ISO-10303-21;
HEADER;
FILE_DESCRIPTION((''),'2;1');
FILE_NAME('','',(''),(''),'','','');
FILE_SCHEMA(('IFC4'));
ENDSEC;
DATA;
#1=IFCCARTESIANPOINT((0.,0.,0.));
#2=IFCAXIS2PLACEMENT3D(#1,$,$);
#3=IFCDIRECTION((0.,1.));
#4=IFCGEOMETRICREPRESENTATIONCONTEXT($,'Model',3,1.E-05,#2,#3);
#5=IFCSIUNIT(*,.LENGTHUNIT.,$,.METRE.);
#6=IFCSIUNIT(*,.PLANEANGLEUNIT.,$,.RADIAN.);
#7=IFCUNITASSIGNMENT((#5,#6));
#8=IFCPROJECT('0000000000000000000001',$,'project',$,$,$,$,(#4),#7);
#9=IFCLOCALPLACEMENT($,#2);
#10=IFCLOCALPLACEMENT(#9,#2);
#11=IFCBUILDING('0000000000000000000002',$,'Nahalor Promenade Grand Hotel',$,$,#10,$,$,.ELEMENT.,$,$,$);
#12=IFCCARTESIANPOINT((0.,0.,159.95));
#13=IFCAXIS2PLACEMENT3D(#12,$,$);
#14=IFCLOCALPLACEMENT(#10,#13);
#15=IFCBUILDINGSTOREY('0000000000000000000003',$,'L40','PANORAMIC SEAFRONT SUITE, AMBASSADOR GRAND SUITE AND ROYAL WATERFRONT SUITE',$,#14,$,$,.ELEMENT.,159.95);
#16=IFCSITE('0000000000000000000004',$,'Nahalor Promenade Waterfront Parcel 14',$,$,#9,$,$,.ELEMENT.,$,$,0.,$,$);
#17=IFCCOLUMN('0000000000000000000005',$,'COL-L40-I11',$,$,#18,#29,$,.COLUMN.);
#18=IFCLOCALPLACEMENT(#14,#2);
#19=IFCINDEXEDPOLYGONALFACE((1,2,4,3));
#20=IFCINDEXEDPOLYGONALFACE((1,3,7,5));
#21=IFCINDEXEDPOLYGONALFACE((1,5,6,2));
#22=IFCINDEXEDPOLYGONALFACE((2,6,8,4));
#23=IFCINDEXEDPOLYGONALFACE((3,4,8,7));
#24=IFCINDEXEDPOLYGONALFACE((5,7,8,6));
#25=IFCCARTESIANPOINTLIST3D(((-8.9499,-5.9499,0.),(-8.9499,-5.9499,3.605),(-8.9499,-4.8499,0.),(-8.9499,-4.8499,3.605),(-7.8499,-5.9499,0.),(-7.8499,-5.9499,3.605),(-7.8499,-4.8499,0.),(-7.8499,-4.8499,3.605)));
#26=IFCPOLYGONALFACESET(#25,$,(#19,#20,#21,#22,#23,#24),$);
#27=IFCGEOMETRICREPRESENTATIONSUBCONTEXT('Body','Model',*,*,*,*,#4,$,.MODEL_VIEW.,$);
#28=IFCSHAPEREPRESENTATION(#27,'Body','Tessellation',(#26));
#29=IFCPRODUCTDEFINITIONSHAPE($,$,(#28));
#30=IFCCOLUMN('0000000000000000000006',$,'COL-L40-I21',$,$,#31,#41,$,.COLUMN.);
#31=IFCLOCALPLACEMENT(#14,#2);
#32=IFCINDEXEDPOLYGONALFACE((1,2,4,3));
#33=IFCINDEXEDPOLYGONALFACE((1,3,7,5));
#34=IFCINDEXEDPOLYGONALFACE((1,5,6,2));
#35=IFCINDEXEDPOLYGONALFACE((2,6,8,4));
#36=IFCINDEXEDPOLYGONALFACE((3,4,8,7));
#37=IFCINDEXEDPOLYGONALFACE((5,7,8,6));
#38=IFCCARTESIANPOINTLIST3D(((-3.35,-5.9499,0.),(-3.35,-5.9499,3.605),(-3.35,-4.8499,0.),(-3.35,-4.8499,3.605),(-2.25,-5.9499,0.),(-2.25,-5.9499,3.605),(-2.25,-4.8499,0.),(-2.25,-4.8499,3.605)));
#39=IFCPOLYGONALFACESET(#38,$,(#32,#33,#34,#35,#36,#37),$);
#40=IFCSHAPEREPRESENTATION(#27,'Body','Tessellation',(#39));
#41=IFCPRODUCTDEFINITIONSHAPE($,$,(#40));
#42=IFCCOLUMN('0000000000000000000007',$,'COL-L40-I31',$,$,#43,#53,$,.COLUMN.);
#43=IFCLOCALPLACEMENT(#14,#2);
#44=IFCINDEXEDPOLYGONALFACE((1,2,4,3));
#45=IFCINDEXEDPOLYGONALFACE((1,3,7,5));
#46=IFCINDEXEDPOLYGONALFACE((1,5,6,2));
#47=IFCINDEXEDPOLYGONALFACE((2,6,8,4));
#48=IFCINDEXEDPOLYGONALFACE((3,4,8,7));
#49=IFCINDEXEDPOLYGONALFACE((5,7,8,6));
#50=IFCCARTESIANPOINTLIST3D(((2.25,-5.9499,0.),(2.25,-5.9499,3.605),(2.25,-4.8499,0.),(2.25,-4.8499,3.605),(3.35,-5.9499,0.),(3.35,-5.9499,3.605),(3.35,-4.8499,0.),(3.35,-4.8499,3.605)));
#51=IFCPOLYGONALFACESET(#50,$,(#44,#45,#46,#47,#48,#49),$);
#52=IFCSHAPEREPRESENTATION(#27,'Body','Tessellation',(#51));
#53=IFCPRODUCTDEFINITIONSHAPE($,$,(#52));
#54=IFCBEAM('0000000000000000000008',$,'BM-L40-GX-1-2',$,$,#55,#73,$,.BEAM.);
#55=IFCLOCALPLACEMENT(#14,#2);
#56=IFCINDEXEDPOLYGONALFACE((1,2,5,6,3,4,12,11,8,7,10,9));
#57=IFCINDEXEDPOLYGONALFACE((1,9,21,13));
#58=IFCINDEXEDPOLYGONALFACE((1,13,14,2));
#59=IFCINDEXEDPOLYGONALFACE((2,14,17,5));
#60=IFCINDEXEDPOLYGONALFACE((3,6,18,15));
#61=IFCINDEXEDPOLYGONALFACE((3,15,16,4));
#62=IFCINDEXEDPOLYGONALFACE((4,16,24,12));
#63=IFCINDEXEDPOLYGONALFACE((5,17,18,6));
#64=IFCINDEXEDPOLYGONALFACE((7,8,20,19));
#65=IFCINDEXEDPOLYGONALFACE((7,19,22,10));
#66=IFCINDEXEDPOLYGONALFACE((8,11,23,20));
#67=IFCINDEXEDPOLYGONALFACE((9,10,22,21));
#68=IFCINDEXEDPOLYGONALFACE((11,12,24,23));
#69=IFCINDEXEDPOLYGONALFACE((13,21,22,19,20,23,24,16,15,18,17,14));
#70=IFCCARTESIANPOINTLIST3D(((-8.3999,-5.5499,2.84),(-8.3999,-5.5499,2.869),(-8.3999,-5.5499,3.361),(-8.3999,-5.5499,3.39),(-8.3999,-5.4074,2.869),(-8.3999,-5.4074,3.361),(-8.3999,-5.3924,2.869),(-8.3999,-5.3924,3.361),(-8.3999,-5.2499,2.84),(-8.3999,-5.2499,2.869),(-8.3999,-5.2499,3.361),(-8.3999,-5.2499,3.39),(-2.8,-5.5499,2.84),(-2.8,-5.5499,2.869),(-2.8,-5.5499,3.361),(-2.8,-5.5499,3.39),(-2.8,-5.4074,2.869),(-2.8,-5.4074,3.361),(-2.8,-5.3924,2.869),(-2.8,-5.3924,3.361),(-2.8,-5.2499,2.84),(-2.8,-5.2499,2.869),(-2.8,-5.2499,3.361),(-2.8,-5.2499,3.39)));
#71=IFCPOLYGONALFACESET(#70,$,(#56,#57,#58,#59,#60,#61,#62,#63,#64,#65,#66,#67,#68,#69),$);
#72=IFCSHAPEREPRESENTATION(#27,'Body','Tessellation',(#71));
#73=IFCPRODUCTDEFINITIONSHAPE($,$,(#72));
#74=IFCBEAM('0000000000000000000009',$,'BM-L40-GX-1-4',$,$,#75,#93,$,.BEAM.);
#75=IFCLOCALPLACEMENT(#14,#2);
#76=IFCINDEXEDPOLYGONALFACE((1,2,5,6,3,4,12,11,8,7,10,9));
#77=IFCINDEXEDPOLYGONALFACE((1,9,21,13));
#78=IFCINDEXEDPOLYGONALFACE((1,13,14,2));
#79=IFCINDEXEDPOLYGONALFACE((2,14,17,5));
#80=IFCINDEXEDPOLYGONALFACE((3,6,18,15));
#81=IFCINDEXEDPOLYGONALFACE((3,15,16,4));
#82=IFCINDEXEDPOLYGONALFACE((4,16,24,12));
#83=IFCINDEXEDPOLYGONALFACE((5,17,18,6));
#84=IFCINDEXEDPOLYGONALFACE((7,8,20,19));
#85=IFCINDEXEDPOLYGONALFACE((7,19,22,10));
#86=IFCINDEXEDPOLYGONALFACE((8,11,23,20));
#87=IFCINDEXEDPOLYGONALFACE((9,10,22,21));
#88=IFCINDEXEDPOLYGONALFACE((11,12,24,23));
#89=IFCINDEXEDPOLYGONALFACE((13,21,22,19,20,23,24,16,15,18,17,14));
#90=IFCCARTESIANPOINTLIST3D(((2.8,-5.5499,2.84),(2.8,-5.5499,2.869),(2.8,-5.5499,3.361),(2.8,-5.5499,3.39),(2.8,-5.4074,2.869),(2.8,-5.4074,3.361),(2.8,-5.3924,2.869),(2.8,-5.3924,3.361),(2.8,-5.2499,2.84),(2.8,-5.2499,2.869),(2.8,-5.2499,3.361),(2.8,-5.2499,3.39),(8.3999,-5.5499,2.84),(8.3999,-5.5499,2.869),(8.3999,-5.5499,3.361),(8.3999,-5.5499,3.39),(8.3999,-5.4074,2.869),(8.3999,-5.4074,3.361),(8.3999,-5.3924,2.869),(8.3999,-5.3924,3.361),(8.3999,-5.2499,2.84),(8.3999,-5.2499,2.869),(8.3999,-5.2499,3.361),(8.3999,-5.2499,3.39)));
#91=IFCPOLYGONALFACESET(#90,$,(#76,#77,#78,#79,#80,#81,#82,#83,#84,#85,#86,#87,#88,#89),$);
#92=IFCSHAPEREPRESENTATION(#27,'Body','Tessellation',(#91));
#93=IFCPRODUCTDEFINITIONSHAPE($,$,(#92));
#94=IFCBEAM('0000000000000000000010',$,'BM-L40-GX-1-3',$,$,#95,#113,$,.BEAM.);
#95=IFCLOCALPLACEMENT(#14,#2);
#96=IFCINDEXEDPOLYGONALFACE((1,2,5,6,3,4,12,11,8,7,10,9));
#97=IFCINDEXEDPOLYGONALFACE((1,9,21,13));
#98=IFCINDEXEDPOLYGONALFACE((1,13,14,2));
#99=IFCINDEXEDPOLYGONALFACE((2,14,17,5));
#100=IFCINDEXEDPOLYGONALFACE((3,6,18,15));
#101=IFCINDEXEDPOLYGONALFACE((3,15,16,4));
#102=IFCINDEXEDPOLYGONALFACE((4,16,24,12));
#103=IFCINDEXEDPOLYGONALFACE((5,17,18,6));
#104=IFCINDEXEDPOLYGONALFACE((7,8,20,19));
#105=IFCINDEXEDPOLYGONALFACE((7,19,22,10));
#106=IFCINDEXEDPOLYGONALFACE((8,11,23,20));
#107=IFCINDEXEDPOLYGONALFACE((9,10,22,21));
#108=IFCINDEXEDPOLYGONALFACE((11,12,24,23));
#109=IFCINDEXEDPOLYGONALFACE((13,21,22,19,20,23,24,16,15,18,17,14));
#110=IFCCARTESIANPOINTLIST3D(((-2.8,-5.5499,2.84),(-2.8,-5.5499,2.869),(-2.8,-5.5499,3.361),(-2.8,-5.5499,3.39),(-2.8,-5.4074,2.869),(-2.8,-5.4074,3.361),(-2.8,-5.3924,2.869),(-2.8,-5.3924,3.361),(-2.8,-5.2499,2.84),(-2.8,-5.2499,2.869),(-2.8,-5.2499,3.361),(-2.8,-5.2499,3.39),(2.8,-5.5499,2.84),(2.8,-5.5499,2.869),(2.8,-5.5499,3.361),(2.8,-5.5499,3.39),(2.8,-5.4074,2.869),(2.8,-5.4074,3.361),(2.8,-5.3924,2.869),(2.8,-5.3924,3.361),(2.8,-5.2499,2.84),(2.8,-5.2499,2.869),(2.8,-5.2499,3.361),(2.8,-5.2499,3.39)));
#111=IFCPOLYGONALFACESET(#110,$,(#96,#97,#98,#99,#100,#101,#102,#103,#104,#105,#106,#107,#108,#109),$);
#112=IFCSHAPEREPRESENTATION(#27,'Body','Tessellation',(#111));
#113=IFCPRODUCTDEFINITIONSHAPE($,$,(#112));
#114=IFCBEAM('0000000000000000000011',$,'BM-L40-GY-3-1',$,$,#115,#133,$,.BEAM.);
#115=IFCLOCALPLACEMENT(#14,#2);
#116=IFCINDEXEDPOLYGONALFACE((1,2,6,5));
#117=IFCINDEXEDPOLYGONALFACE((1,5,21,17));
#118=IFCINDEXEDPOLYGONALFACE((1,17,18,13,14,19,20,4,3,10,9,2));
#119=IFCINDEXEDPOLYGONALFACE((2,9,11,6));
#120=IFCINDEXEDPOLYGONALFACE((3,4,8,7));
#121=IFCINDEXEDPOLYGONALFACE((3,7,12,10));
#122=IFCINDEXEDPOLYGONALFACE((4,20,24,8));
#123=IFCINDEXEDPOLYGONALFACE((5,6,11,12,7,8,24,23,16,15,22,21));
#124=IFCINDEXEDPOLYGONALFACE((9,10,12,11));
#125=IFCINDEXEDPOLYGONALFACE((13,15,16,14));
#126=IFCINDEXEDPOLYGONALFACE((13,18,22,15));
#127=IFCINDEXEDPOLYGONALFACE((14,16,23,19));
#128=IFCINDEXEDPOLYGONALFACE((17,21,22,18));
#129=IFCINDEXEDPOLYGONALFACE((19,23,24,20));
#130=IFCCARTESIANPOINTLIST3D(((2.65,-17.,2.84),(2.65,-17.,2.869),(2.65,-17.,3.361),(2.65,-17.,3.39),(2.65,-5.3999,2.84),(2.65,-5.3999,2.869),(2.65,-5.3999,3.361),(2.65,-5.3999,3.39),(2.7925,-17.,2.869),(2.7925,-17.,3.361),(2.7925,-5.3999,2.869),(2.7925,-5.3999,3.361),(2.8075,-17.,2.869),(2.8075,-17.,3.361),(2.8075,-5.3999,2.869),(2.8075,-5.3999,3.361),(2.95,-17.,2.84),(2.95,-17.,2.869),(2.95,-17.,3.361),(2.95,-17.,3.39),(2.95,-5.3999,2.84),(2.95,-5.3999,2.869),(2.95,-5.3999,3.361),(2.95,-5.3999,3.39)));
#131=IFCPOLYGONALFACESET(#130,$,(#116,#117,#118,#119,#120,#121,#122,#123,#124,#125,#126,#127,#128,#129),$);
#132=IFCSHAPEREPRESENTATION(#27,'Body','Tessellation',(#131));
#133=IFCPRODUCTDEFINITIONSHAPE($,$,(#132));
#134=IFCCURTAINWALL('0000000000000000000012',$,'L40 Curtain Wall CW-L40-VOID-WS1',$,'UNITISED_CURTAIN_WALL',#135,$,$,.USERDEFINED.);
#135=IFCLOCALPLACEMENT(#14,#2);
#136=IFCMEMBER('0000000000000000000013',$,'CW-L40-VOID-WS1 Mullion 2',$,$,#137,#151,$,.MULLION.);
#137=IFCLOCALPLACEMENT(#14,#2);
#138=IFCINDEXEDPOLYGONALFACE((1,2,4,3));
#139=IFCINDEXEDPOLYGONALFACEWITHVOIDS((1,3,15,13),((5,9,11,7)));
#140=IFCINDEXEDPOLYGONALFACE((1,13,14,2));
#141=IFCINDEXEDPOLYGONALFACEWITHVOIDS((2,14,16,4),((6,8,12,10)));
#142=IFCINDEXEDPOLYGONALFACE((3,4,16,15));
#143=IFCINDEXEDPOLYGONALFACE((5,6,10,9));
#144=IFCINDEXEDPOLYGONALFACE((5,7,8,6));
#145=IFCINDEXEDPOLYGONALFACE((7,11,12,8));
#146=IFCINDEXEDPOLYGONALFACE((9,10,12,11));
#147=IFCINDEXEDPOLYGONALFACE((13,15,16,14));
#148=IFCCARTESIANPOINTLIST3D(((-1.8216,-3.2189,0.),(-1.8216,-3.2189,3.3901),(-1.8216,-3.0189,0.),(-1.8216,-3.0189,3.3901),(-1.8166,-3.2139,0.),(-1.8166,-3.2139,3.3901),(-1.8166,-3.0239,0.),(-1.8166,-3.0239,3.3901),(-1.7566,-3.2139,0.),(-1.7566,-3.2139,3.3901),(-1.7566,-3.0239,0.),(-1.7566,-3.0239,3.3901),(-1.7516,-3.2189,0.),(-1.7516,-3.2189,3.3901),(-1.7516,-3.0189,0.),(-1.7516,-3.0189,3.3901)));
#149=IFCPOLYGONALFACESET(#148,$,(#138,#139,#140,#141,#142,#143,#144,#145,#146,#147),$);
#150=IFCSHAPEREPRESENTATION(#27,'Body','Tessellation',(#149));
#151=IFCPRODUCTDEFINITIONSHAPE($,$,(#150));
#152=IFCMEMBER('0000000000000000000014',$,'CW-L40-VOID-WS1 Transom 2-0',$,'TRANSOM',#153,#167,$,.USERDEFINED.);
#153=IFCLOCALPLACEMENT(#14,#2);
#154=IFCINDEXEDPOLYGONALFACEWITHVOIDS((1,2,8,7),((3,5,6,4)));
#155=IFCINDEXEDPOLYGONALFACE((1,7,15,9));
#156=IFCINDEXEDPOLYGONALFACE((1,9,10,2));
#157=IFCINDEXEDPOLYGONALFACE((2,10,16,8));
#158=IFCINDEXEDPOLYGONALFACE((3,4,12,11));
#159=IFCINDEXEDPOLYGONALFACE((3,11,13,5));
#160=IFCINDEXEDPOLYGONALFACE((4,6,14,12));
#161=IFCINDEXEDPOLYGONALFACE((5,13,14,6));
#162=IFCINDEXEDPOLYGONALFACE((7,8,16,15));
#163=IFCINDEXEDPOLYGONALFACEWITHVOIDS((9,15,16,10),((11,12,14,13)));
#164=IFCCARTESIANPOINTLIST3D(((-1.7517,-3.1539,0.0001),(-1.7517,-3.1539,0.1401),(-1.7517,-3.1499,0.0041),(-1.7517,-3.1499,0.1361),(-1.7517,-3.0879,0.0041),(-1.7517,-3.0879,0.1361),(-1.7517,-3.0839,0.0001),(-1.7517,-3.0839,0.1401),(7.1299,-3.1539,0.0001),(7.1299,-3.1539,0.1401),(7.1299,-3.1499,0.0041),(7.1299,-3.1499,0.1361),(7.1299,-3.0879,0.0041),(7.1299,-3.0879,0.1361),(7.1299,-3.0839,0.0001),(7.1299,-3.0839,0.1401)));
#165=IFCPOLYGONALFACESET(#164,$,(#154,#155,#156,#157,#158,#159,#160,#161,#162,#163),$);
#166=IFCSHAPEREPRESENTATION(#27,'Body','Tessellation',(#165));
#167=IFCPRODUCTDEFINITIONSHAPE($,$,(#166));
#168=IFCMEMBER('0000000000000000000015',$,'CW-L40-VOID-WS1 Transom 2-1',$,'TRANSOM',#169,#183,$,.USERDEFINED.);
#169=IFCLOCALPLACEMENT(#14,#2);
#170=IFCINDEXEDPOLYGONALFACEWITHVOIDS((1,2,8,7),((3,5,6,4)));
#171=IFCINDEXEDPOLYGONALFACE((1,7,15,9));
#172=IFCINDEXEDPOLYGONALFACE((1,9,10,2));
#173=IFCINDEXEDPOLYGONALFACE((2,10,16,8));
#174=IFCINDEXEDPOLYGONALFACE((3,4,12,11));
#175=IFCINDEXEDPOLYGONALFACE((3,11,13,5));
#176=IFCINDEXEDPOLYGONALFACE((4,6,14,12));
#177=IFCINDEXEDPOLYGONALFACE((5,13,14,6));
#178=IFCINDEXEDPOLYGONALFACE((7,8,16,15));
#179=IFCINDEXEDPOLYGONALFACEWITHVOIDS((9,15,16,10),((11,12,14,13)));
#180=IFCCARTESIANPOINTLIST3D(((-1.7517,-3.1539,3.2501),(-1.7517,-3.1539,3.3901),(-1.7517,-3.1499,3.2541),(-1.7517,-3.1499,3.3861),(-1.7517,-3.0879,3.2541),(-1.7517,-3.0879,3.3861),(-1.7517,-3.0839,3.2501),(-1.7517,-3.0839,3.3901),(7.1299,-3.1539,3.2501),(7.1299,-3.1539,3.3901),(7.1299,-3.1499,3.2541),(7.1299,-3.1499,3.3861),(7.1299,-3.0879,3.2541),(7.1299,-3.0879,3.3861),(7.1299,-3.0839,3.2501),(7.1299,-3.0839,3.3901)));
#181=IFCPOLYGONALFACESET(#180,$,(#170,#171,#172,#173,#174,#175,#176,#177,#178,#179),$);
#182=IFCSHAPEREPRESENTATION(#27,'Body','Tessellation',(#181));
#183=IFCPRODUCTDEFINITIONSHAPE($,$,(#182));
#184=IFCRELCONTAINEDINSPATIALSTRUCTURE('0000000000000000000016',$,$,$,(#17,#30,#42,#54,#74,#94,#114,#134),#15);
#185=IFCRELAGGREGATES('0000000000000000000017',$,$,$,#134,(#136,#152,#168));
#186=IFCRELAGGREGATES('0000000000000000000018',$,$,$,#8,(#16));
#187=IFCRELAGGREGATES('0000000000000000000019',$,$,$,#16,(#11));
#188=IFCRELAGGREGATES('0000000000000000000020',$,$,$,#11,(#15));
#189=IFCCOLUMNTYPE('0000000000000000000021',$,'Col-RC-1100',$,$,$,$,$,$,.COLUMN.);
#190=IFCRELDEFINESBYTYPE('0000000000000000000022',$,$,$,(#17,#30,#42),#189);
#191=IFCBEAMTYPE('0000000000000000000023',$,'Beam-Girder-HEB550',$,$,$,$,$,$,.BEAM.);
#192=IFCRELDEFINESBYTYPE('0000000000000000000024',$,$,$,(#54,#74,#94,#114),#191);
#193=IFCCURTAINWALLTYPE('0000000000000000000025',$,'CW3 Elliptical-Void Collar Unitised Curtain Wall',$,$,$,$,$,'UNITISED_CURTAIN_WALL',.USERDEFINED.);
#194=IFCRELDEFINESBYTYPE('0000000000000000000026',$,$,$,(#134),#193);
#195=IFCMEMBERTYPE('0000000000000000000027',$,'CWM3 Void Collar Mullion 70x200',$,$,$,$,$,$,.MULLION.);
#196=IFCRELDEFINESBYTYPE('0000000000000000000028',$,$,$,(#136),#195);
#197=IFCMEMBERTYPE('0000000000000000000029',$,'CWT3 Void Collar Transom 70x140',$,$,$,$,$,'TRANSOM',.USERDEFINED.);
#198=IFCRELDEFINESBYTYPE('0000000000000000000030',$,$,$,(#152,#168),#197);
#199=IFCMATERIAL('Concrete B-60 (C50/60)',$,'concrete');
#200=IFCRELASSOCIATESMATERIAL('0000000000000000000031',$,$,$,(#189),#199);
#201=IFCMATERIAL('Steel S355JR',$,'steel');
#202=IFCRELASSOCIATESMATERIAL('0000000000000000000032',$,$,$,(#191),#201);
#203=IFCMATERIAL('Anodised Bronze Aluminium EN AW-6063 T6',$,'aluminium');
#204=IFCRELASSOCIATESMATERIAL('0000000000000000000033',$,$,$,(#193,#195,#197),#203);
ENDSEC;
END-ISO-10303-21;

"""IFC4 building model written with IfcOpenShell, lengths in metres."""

from ifc_helpers import new_model, si_unit, direction, frame, origin, origin_2d, place, context, subcontext, project, spatial, rectangle, hollow_rectangle, i_section, extrude, source, transform, mapped, material, material_profile, profile_set, type_object, element, aggregate, save


model = new_model("IFC4")

# Units and contexts
model_context = context("Model", 3, precision=1e-05, world=origin(), true_north=direction((0.0, 1.0)))
body_context = subcontext(model_context, "Body", "Model", "MODEL_VIEW")
ifc_project = project(units=[si_unit("LENGTHUNIT", "METRE"), si_unit("PLANEANGLEUNIT", "RADIAN")], contexts=[model_context])

# Site, building, storey
site_placement = place(None, origin())
site = spatial("IfcSite", under=ifc_project, at=site_placement, Name="Nahalor Promenade Waterfront Parcel 14", CompositionType="ELEMENT", RefElevation=0.0)
building_placement = place(site_placement, origin())
building = spatial("IfcBuilding", under=site, at=building_placement, Name="Nahalor Promenade Grand Hotel", CompositionType="ELEMENT")
storey_placement = place(building_placement, frame((0.0, 0.0, 159.95)))
storey = spatial("IfcBuildingStorey", under=building, at=storey_placement, Name="L40", Description="PANORAMIC SEAFRONT SUITE, AMBASSADOR GRAND SUITE AND ROYAL WATERFRONT SUITE", CompositionType="ELEMENT", Elevation=159.95)

# Columns
ifc_material_1 = material(Name="Concrete B-60 (C50/60)", Category="concrete")
ifc_material_profile_1 = material_profile(ifc_material_1, rectangle(XDim=1.1, YDim=1.1, at=origin_2d()), Name="RC 1100x1100")
ifc_profile_set_1 = profile_set([ifc_material_profile_1], Name="Concrete B-60 (C50/60)")
column_type = type_object("IfcColumnType", Name="Col-RC-1100", PredefinedType="COLUMN", material=ifc_profile_set_1)
shared_shape_1 = source(origin(), body_context, "Body", "SweptSolid", [
    extrude(rectangle(XDim=1.1, YDim=1.1, at=origin_2d()), origin(), (0.0, 0.0, 1.0), 3.605),
])
for number, where, z_axis, x_axis, name in (
    (1, (-8.3999, -5.3999, 0.0), (0.0, 0.0, 1.0), (1.0, 0.0, 0.0), "COL-L40-I11"),
    (2, (-2.8, -5.3999, 0.0), (0.0, 0.0, 1.0), (1.0, 0.0, 0.0), "COL-L40-I21"),
    (3, (2.8, -5.3999, 0.0), (0.0, 0.0, 1.0), (1.0, 0.0, 0.0), "COL-L40-I31"),
):
    element("IfcColumn", number, at=place(storey_placement, frame(where, z_axis=z_axis, x_axis=x_axis)), inside=storey, type_object=column_type, Name=name, PredefinedType="COLUMN", context=body_context, shape_type="MappedRepresentation", body=[
        mapped(shared_shape_1, transform((0.0, 0.0, 0.0), scale=1.0)),
    ])

# Beams
ifc_material_2 = material(Name="Steel S355JR", Category="steel")
ifc_material_profile_2 = material_profile(ifc_material_2, i_section(OverallWidth=0.3, OverallDepth=0.55, WebThickness=0.015, FlangeThickness=0.029, at=origin_2d()), Name="HEB 550")
ifc_profile_set_2 = profile_set([ifc_material_profile_2], Name="Steel S355JR")
beam_type = type_object("IfcBeamType", Name="Beam-Girder-HEB550", PredefinedType="BEAM", material=ifc_profile_set_2)
shared_shape_2 = source(origin(), body_context, "Body", "SweptSolid", [
    extrude(i_section(OverallWidth=0.3, OverallDepth=0.55, WebThickness=0.015, FlangeThickness=0.029, at=origin_2d()), origin(), (0.0, 0.0, 1.0), 5.5999),
])
for number, where, z_axis, x_axis, name in (
    (4, (-8.3999, -5.3999, 3.115), (1.0, 0.0, 0.0), (0.0, 1.0, 0.0), "BM-L40-GX-1-2"),
    (5, (2.8, -5.3999, 3.115), (1.0, 0.0, 0.0), (0.0, 1.0, 0.0), "BM-L40-GX-1-4"),
):
    element("IfcBeam", number, at=place(storey_placement, frame(where, z_axis=z_axis, x_axis=x_axis)), inside=storey, type_object=beam_type, Name=name, PredefinedType="BEAM", context=body_context, shape_type="MappedRepresentation", body=[
        mapped(shared_shape_2, transform((0.0, 0.0, 0.0), scale=1.0)),
    ])
shared_shape_3 = source(origin(), body_context, "Body", "SweptSolid", [
    extrude(i_section(OverallWidth=0.3, OverallDepth=0.55, WebThickness=0.015, FlangeThickness=0.029, at=origin_2d()), origin(), (0.0, 0.0, 1.0), 5.6001),
])
beam_1_placement = place(storey_placement, frame((-2.8, -5.3999, 3.115), z_axis=(1.0, 0.0, 0.0), x_axis=(0.0, 1.0, 0.0)))
element("IfcBeam", 6, at=beam_1_placement, inside=storey, type_object=beam_type, Name="BM-L40-GX-1-3", PredefinedType="BEAM", context=body_context, shape_type="MappedRepresentation", body=[
    mapped(shared_shape_3, transform((0.0, 0.0, 0.0), scale=1.0)),
])
shared_shape_4 = source(origin(), body_context, "Body", "SweptSolid", [
    extrude(i_section(OverallWidth=0.3, OverallDepth=0.55, WebThickness=0.015, FlangeThickness=0.029, at=origin_2d()), origin(), (0.0, 0.0, 1.0), 11.6001),
])
beam_2_placement = place(storey_placement, frame((2.8, -17.0, 3.115), z_axis=(0.0, 1.0, 0.0), x_axis=(-1.0, 0.0, 0.0)))
element("IfcBeam", 7, at=beam_2_placement, inside=storey, type_object=beam_type, Name="BM-L40-GY-3-1", PredefinedType="BEAM", context=body_context, shape_type="MappedRepresentation", body=[
    mapped(shared_shape_4, transform((0.0, 0.0, 0.0), scale=1.0)),
])

# Curtain wall, members
ifc_material_3 = material(Name="Anodised Bronze Aluminium EN AW-6063 T6", Category="aluminium")
curtain_wall_type = type_object("IfcCurtainWallType", Name="CW3 Elliptical-Void Collar Unitised Curtain Wall", ElementType="UNITISED_CURTAIN_WALL", PredefinedType="USERDEFINED", material=ifc_material_3)
curtain_wall_placement = place(storey_placement, origin())
curtain_wall = element("IfcCurtainWall", 8, at=curtain_wall_placement, inside=storey, type_object=curtain_wall_type, Name="L40 Curtain Wall CW-L40-VOID-WS1", ObjectType="UNITISED_CURTAIN_WALL", PredefinedType="USERDEFINED")
ifc_material_profile_3 = material_profile(ifc_material_3, hollow_rectangle(XDim=0.07, YDim=0.2, WallThickness=0.005, at=origin_2d()), Name="CWM 70x200x5")
ifc_profile_set_3 = profile_set([ifc_material_profile_3], Name="Anodised Bronze Aluminium EN AW-6063 T6")
member_type_1 = type_object("IfcMemberType", Name="CWM3 Void Collar Mullion 70x200", PredefinedType="MULLION", material=ifc_profile_set_3)
shared_shape_5 = source(origin(), body_context, "Body", "SweptSolid", [
    extrude(hollow_rectangle(XDim=0.07, YDim=0.2, WallThickness=0.005, at=origin_2d()), origin(), (0.0, 0.0, 1.0), 3.3901),
])
member_1_placement = place(storey_placement, frame((-1.7866, -3.1189, 0.0), z_axis=(0.0, 0.0, 1.0), x_axis=(1.0, 0.0, 0.0)))
member_1 = element("IfcMember", 9, at=member_1_placement, type_object=member_type_1, Name="CW-L40-VOID-WS1 Mullion 2", PredefinedType="MULLION", context=body_context, shape_type="MappedRepresentation", body=[
    mapped(shared_shape_5, transform((0.0, 0.0, 0.0), scale=1.0)),
])
ifc_material_profile_4 = material_profile(ifc_material_3, hollow_rectangle(XDim=0.07, YDim=0.14, WallThickness=0.004, at=origin_2d()), Name="CWT 70x140x4")
ifc_profile_set_4 = profile_set([ifc_material_profile_4], Name="Anodised Bronze Aluminium EN AW-6063 T6")
member_type_2 = type_object("IfcMemberType", Name="CWT3 Void Collar Transom 70x140", ElementType="TRANSOM", PredefinedType="USERDEFINED", material=ifc_profile_set_4)
shared_shape_6 = source(origin(), body_context, "Body", "SweptSolid", [
    extrude(hollow_rectangle(XDim=0.07, YDim=0.14, WallThickness=0.004, at=origin_2d()), origin(), (0.0, 0.0, 1.0), 8.8816),
])
member_2_placement = place(storey_placement, frame((-1.7517, -3.1189, 0.0701), z_axis=(1.0, 0.0, 0.0), x_axis=(0.0, 1.0, 0.0)))
member_2 = element("IfcMember", 10, at=member_2_placement, type_object=member_type_2, Name="CW-L40-VOID-WS1 Transom 2-0", ObjectType="TRANSOM", PredefinedType="USERDEFINED", context=body_context, shape_type="MappedRepresentation", body=[
    mapped(shared_shape_6, transform((0.0, 0.0, 0.0), scale=1.0)),
])
member_3_placement = place(storey_placement, frame((-1.7517, -3.1189, 3.3201), z_axis=(1.0, 0.0, 0.0), x_axis=(0.0, 1.0, 0.0)))
member_3 = element("IfcMember", 11, at=member_3_placement, type_object=member_type_2, Name="CW-L40-VOID-WS1 Transom 2-1", ObjectType="TRANSOM", PredefinedType="USERDEFINED", context=body_context, shape_type="MappedRepresentation", body=[
    mapped(shared_shape_6, transform((0.0, 0.0, 0.0), scale=1.0)),
])
aggregate(curtain_wall, [member_1, member_2, member_3])

save(model, "model.ifc")
